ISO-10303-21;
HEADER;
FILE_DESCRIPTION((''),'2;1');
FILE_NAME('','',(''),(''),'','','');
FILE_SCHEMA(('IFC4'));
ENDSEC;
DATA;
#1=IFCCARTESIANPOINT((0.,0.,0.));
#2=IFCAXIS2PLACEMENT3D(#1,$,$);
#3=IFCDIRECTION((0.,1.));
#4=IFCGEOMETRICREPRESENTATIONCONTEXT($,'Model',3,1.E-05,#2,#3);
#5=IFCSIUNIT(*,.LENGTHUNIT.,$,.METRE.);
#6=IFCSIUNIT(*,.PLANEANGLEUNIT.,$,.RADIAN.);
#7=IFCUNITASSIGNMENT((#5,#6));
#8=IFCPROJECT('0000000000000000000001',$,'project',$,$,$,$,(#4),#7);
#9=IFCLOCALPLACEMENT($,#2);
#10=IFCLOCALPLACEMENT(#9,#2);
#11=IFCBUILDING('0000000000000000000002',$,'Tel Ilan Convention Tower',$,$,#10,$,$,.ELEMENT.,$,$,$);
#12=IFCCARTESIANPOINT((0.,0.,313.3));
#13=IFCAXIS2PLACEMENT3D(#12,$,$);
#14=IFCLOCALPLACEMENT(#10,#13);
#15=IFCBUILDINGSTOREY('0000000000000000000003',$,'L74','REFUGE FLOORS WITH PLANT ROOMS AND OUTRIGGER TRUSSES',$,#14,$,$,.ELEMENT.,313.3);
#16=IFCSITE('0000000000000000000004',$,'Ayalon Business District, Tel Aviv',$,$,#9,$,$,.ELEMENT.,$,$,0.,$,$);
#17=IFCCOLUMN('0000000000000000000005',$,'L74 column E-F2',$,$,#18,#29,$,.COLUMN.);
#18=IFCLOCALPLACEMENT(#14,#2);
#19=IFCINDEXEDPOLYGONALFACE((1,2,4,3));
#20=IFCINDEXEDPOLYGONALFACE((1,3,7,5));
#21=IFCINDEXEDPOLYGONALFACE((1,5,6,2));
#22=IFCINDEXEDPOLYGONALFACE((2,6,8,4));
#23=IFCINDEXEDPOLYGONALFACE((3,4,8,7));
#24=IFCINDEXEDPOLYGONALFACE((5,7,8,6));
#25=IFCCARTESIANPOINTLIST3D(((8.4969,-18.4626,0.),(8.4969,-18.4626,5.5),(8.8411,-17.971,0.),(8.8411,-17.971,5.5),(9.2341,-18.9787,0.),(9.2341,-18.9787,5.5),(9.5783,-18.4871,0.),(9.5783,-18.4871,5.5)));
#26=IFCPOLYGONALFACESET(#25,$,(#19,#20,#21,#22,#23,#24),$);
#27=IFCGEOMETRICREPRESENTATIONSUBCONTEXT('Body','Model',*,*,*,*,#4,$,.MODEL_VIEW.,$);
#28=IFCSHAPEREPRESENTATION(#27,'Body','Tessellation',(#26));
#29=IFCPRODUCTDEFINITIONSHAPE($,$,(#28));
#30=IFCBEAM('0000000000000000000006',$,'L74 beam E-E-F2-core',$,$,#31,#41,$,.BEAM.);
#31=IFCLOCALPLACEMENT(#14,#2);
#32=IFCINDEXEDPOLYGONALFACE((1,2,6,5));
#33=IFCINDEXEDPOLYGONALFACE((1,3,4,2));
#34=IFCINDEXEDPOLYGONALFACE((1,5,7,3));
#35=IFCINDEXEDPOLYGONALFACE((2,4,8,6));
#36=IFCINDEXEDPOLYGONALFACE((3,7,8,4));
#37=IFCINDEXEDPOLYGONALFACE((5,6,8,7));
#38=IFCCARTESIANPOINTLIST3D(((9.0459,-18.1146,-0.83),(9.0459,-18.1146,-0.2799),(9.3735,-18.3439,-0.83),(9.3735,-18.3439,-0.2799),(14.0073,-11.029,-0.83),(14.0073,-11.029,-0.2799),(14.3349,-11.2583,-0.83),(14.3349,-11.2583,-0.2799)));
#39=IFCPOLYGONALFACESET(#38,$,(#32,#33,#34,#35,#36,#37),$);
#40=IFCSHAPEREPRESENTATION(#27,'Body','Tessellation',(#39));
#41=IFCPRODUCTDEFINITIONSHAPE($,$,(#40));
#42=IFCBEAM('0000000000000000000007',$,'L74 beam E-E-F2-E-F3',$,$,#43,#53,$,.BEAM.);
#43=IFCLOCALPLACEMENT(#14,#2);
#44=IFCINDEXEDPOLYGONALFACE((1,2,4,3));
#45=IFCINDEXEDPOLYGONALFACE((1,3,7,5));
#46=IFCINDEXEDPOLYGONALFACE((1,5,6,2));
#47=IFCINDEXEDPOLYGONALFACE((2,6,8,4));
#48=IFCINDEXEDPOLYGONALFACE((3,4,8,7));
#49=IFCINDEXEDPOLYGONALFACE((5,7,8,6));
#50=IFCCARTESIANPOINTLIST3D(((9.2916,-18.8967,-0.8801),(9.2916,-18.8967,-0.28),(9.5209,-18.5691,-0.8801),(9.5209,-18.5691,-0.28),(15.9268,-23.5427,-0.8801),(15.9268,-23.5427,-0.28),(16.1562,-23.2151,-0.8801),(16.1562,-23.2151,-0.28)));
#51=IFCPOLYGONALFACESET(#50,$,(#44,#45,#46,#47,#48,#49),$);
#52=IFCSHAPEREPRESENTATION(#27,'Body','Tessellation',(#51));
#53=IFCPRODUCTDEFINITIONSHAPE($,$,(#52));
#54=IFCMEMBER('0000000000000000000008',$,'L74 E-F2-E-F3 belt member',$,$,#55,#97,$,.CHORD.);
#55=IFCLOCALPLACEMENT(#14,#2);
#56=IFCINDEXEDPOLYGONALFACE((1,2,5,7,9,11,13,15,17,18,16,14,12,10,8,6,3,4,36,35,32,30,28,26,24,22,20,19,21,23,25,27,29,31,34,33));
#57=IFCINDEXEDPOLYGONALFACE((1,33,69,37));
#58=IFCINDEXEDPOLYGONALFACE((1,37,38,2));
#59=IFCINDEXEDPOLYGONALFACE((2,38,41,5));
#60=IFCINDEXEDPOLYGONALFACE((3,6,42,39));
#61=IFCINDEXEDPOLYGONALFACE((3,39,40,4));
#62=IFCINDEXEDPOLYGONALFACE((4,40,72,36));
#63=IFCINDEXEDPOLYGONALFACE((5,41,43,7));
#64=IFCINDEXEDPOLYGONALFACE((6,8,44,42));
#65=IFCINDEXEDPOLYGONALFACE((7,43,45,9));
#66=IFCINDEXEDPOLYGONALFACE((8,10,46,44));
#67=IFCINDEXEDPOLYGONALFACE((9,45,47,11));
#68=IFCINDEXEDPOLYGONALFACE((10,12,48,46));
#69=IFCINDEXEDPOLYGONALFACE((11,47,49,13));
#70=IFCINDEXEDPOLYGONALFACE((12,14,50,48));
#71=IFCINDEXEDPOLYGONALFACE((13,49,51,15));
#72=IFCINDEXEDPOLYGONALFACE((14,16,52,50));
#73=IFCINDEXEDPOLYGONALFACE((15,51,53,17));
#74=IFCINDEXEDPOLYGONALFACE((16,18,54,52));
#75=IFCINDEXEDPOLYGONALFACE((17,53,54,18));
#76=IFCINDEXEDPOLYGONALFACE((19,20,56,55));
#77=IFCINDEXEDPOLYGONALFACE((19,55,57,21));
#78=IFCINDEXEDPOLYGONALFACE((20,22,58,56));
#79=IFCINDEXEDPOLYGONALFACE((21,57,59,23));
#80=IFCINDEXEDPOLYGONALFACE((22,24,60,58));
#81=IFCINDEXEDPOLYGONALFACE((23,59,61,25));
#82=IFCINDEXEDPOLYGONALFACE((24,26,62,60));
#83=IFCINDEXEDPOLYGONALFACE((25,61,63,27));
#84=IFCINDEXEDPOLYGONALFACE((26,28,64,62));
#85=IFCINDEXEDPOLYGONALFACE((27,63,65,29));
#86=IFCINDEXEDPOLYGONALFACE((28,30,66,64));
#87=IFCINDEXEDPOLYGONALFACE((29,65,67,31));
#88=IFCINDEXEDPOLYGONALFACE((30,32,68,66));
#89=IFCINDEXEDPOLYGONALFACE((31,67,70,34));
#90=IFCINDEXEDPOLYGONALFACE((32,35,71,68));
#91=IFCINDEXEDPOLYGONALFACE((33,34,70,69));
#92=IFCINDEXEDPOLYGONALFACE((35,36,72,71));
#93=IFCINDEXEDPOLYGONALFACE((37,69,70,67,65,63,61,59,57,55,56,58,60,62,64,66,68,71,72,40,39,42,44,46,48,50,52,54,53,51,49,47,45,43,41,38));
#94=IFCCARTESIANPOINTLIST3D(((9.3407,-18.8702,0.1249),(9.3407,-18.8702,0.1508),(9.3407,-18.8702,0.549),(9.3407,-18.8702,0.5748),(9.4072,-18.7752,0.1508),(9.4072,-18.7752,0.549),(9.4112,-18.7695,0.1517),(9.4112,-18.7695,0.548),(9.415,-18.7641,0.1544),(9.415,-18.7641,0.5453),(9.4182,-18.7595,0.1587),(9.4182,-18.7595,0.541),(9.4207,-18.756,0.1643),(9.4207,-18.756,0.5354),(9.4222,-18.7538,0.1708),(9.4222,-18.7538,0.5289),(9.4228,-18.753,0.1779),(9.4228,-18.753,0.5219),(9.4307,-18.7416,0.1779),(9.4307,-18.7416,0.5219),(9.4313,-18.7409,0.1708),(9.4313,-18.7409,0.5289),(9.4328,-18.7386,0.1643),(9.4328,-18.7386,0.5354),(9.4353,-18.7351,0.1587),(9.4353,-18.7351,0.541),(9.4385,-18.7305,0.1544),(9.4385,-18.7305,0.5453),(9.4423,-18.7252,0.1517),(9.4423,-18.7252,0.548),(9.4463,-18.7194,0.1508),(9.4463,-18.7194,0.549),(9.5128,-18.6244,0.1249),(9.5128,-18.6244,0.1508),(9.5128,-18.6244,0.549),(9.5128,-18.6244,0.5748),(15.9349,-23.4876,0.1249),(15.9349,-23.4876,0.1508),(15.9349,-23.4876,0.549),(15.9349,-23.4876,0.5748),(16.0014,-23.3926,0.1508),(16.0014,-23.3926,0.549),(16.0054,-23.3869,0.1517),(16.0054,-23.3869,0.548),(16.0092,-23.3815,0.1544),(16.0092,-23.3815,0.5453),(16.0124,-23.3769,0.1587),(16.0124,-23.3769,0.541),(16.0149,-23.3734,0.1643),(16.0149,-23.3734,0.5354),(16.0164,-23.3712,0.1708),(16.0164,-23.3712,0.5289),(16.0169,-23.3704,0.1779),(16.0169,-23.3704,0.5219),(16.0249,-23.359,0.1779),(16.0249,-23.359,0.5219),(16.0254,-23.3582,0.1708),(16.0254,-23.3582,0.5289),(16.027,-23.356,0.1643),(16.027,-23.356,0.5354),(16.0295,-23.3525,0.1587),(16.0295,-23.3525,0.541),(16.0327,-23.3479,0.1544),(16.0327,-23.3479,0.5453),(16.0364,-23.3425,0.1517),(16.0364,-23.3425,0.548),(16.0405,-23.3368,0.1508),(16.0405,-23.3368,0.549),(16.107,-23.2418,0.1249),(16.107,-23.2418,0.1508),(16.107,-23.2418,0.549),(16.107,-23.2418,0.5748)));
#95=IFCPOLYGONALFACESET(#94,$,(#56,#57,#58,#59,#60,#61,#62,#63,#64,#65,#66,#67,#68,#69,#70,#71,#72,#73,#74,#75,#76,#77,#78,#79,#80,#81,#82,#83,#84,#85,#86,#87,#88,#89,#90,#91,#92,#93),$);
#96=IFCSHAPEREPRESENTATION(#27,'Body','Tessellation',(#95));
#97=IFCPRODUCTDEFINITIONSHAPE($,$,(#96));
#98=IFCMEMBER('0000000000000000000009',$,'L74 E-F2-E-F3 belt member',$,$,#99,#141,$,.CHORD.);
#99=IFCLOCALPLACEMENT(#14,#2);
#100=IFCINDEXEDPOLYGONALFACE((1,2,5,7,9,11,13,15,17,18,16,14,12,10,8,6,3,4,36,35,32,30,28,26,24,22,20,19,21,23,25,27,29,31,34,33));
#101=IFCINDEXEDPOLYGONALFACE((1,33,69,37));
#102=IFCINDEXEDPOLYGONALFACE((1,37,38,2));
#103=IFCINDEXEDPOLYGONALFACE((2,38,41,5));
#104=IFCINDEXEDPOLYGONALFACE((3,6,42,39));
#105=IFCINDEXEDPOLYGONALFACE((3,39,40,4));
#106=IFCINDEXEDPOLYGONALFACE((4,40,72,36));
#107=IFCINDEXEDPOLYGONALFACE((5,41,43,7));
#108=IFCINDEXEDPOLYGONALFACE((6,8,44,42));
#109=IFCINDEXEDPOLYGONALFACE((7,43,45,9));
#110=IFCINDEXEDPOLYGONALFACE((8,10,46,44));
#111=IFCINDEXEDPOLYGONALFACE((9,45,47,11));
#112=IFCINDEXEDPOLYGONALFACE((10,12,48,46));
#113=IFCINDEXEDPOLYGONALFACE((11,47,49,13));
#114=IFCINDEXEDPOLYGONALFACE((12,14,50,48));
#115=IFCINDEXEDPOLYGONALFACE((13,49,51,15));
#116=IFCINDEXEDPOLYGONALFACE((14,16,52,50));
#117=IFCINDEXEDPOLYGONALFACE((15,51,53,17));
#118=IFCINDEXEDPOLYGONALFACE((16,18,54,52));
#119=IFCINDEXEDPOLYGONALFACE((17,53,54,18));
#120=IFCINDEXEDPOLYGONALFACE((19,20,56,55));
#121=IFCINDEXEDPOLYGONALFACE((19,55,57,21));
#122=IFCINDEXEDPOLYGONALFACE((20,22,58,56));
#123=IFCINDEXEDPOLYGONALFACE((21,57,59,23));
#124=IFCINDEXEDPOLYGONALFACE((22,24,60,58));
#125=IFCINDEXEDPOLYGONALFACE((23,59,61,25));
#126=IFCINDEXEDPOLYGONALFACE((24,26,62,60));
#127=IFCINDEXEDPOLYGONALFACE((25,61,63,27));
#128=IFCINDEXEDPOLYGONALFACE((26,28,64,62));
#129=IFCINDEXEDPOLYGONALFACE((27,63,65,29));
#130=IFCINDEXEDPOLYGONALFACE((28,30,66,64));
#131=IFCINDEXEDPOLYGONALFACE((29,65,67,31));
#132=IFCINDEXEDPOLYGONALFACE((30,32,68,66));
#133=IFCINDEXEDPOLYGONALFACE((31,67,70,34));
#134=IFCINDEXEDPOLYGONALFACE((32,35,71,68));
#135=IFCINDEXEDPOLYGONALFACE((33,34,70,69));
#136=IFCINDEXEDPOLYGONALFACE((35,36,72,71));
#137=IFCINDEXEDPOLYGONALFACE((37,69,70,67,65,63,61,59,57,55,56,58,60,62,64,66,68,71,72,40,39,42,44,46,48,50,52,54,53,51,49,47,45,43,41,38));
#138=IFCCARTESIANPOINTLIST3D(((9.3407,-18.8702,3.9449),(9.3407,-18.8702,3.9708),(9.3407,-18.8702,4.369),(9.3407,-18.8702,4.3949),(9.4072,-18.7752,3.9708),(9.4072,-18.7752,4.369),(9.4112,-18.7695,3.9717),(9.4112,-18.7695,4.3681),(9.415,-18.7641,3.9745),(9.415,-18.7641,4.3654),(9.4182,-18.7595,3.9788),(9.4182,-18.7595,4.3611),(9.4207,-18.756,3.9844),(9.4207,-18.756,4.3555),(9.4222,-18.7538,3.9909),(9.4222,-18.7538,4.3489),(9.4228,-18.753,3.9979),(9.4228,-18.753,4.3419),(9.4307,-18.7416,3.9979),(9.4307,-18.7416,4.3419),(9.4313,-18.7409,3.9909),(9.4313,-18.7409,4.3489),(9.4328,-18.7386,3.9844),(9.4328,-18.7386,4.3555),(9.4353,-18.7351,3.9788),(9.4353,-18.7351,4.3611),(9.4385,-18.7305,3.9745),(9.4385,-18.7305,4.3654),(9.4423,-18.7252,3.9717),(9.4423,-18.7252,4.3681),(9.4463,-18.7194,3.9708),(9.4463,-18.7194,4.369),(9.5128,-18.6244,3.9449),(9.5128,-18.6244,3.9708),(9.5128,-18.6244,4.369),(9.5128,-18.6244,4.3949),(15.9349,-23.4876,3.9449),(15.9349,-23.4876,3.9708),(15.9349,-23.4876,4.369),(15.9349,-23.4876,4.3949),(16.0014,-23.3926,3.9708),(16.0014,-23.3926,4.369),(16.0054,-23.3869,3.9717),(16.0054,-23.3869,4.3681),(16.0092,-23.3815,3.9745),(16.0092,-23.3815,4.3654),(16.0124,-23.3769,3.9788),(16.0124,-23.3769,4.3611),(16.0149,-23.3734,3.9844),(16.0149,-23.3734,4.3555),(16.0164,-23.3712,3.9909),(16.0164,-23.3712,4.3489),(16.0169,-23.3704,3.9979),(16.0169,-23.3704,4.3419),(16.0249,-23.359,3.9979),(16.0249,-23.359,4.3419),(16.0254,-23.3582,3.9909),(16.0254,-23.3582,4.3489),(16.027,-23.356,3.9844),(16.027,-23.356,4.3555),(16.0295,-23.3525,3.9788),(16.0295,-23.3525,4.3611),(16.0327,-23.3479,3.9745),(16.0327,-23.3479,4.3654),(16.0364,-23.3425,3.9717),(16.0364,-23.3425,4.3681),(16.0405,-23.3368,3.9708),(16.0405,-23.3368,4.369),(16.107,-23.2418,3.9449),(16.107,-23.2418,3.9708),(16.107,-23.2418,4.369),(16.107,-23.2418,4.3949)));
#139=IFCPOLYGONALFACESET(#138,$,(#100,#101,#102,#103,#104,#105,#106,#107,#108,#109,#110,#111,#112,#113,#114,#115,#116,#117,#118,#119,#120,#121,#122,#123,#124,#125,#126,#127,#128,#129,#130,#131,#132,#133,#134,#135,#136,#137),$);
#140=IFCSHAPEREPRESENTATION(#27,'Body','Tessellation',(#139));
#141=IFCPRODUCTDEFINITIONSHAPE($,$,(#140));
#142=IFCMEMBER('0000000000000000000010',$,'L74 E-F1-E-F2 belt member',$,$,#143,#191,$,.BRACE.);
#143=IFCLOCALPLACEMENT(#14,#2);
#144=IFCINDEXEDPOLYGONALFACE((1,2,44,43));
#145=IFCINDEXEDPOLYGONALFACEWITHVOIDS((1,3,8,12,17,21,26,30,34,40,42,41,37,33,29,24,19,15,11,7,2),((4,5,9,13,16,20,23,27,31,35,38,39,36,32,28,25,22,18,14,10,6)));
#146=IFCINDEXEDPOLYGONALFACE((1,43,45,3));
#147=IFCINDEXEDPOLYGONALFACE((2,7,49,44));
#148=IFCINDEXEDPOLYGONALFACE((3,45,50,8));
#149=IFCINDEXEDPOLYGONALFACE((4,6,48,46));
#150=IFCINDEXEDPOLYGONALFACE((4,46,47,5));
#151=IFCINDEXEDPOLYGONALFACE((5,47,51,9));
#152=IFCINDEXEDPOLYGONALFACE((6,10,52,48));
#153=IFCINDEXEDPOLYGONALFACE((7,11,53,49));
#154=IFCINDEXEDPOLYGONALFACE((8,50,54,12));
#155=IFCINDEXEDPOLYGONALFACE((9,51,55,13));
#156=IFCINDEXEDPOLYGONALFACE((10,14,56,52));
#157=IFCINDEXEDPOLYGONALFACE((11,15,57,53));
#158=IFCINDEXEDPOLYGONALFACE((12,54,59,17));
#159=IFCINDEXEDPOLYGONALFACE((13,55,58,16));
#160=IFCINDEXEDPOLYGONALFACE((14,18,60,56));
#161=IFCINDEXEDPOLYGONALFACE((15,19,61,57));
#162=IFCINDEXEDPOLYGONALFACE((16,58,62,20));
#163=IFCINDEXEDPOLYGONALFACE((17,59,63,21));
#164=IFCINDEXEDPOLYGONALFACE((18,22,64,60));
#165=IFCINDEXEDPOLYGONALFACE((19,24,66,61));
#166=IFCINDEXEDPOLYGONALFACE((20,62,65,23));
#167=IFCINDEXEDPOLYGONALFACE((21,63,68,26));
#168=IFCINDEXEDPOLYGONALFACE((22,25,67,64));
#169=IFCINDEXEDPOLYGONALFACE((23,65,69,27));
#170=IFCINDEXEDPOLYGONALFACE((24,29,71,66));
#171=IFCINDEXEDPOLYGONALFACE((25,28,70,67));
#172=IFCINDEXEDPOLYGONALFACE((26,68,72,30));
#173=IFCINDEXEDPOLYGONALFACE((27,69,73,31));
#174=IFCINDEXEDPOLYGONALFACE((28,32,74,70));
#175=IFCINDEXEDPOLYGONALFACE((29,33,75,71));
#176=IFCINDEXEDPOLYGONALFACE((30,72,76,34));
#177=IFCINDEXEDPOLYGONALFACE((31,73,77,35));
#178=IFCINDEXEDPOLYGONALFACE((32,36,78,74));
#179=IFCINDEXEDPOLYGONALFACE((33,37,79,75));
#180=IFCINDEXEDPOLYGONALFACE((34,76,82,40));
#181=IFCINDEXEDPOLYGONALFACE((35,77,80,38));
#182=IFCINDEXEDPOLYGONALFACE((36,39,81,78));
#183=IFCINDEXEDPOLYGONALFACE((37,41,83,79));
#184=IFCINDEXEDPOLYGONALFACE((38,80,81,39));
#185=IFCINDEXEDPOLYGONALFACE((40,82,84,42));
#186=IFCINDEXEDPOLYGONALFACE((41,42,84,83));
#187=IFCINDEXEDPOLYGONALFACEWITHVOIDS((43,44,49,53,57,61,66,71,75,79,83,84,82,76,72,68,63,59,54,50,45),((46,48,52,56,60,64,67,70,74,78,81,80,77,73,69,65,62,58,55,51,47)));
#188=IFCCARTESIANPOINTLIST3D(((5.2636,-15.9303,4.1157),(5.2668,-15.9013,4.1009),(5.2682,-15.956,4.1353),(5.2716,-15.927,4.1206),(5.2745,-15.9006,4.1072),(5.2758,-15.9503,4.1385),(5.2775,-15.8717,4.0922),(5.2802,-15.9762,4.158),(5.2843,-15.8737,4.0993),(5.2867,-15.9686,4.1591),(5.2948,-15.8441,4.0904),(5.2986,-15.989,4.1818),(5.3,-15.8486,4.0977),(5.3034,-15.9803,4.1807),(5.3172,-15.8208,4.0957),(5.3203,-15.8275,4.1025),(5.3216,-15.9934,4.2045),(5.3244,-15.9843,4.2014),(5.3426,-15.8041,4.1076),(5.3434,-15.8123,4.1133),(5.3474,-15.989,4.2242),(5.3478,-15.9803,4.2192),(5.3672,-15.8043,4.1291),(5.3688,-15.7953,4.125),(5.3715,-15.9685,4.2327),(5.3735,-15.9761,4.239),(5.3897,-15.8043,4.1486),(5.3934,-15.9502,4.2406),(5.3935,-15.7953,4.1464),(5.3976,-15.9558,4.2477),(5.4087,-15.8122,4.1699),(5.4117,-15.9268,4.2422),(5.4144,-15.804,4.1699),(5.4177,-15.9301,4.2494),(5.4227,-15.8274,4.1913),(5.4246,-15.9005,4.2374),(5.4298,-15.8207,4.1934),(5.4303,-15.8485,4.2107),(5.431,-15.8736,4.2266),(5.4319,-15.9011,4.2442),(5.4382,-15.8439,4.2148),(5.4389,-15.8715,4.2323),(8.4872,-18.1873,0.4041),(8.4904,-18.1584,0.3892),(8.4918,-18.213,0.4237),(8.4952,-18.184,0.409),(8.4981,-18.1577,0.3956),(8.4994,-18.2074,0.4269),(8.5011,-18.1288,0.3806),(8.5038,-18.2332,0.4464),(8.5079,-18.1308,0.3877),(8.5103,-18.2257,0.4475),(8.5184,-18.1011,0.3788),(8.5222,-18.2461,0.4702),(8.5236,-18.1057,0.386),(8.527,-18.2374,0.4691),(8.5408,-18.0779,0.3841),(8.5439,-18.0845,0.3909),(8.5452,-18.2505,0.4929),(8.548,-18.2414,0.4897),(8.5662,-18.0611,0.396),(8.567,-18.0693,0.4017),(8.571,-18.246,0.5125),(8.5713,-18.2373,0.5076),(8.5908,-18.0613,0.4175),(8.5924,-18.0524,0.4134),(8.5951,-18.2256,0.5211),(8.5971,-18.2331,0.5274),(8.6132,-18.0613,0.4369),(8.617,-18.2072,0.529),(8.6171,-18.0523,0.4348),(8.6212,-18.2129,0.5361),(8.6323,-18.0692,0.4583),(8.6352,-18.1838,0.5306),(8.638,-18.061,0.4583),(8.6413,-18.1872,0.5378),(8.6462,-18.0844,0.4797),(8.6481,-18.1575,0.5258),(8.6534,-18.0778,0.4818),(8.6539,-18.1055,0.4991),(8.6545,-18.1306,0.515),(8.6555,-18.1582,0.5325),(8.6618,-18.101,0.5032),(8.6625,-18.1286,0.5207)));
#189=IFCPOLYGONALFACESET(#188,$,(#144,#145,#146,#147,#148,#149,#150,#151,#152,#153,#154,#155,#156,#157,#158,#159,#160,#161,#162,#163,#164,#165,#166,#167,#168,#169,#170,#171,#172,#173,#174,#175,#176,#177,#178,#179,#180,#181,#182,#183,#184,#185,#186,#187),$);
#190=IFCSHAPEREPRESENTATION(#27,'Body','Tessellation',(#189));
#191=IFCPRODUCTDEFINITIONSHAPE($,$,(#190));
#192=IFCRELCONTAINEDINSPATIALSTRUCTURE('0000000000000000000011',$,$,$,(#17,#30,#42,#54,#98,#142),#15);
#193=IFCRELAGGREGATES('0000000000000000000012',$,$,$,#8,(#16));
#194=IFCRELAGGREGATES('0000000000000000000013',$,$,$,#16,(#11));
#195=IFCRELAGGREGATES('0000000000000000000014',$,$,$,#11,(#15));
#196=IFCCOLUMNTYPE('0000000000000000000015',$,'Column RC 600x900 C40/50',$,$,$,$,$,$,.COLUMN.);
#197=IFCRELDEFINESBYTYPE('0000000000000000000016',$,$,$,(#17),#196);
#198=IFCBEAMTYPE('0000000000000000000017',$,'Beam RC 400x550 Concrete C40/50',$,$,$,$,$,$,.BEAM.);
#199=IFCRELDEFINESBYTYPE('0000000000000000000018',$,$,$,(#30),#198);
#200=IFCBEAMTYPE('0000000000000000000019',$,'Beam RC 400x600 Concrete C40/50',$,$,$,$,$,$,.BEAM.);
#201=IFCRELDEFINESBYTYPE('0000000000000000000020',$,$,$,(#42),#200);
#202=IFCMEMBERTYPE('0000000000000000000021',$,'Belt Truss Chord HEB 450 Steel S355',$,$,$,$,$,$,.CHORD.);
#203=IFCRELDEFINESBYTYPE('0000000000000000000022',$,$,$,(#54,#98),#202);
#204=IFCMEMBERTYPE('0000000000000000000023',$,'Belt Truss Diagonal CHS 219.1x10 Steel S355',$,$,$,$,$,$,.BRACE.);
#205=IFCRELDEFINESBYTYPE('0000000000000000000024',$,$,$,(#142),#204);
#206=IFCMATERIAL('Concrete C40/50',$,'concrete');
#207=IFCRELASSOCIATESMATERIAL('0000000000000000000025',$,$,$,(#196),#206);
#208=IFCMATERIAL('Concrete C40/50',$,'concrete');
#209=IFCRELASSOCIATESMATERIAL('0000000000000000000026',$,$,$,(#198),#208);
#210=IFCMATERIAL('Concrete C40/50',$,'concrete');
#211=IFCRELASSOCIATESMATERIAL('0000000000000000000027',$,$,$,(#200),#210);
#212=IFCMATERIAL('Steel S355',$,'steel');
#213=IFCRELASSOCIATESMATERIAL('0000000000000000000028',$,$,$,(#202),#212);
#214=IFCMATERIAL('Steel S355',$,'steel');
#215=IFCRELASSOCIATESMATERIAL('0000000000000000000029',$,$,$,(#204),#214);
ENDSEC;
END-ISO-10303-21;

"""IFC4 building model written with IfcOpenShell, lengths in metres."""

from ifc_helpers import new_model, si_unit, direction, frame, origin, origin_2d, place, context, subcontext, project, spatial, rectangle, hollow_circle, i_section, extrude, material, material_profile, profile_set, type_object, element, save


model = new_model("IFC4")

# Units and contexts
model_context = context("Model", 3, precision=1e-05, world=origin(), true_north=direction((0.0, 1.0)))
body_context = subcontext(model_context, "Body", "Model", "MODEL_VIEW")
ifc_project = project(units=[si_unit("LENGTHUNIT", "METRE"), si_unit("PLANEANGLEUNIT", "RADIAN")], contexts=[model_context])

# Site, building, storey
site_placement = place(None, origin())
site = spatial("IfcSite", under=ifc_project, at=site_placement, Name="Ayalon Business District, Tel Aviv", CompositionType="ELEMENT", RefElevation=0.0)
building_placement = place(site_placement, origin())
building = spatial("IfcBuilding", under=site, at=building_placement, Name="Tel Ilan Convention Tower", CompositionType="ELEMENT")
storey_placement = place(building_placement, frame((0.0, 0.0, 313.3)))
storey = spatial("IfcBuildingStorey", under=building, at=storey_placement, Name="L74", Description="REFUGE FLOORS WITH PLANT ROOMS AND OUTRIGGER TRUSSES", CompositionType="ELEMENT", Elevation=313.3)

# Column
ifc_material_1 = material(Name="Concrete C40/50", Category="concrete")
ifc_material_profile_1 = material_profile(ifc_material_1, rectangle(XDim=0.8999, YDim=0.6001, at=origin_2d()), Name="RC 600x900")
ifc_profile_set_1 = profile_set([ifc_material_profile_1], Name="Concrete C40/50")
column_type = type_object("IfcColumnType", Name="Column RC 600x900 C40/50", PredefinedType="COLUMN", material=ifc_profile_set_1)
column_placement = place(storey_placement, frame((9.0376, -18.4749, 0.0), z_axis=(0.0, 0.0, 1.0), x_axis=(0.819152, -0.573576, 0.0)))
element("IfcColumn", 1, at=column_placement, inside=storey, type_object=column_type, Name="L74 column E-F2", PredefinedType="COLUMN", context=body_context, shape_type="SweptSolid", body=[
    extrude(rectangle(XDim=0.8999, YDim=0.6001, at=origin_2d()), origin(), (0.0, 0.0, 1.0), 5.5),
])

# Beams
ifc_material_2 = material(Name="Concrete C40/50", Category="concrete")
ifc_material_profile_2 = material_profile(ifc_material_2, rectangle(XDim=0.3999, YDim=0.55, at=origin_2d()), Name="RC 400x550")
ifc_profile_set_2 = profile_set([ifc_material_profile_2], Name="Concrete C40/50")
beam_type_1 = type_object("IfcBeamType", Name="Beam RC 400x550 Concrete C40/50", PredefinedType="BEAM", material=ifc_profile_set_2)
beam_1_placement = place(storey_placement, frame((9.2097, -18.2292, -0.5549), z_axis=(0.573574, 0.819154, 0.0), x_axis=(-0.819154, 0.573574, 0.0)))
element("IfcBeam", 2, at=beam_1_placement, inside=storey, type_object=beam_type_1, Name="L74 beam E-E-F2-core", PredefinedType="BEAM", context=body_context, shape_type="SweptSolid", body=[
    extrude(rectangle(XDim=0.3999, YDim=0.55, at=origin_2d()), origin(), (0.0, 0.0, 1.0), 8.6499),
])
ifc_material_3 = material(Name="Concrete C40/50", Category="concrete")
ifc_material_profile_3 = material_profile(ifc_material_3, rectangle(XDim=0.3999, YDim=0.6001, at=origin_2d()), Name="RC 400x600")
ifc_profile_set_3 = profile_set([ifc_material_profile_3], Name="Concrete C40/50")
beam_type_2 = type_object("IfcBeamType", Name="Beam RC 400x600 Concrete C40/50", PredefinedType="BEAM", material=ifc_profile_set_3)
beam_2_placement = place(storey_placement, frame((9.4062, -18.7329, -0.5801), z_axis=(0.819155, -0.573572, 0.0), x_axis=(0.573572, 0.819155, 0.0)))
element("IfcBeam", 3, at=beam_2_placement, inside=storey, type_object=beam_type_2, Name="L74 beam E-E-F2-E-F3", PredefinedType="BEAM", context=body_context, shape_type="SweptSolid", body=[
    extrude(rectangle(XDim=0.3999, YDim=0.6001, at=origin_2d()), origin(), (0.0, 0.0, 1.0), 8.1001),
])

# Members
ifc_material_4 = material(Name="Steel S355", Category="steel")
ifc_material_profile_4 = material_profile(ifc_material_4, i_section(OverallWidth=0.3, OverallDepth=0.45, WebThickness=0.0139, FlangeThickness=0.0259, FilletRadius=0.0271, at=origin_2d()), Name="HEB 450")
ifc_profile_set_4 = profile_set([ifc_material_profile_4], Name="Steel S355")
member_type_1 = type_object("IfcMemberType", Name="Belt Truss Chord HEB 450 Steel S355", PredefinedType="CHORD", material=ifc_profile_set_4)
for number, where, z_axis, x_axis, name in (
    (4, (9.4268, -18.7473, 0.3499), (0.819146, -0.573584, 0.0), (0.573584, 0.819146, 0.0), "L74 E-F2-E-F3 belt member"),
    (5, (9.4268, -18.7473, 4.1699), (0.819146, -0.573584, 0.0), (0.573584, 0.819146, 0.0), "L74 E-F2-E-F3 belt member"),
):
    element("IfcMember", number, at=place(storey_placement, frame(where, z_axis=z_axis, x_axis=x_axis)), inside=storey, type_object=member_type_1, Name=name, PredefinedType="CHORD", context=body_context, shape_type="SweptSolid", body=[
        extrude(i_section(OverallWidth=0.3, OverallDepth=0.45, WebThickness=0.0139, FlangeThickness=0.0259, FilletRadius=0.0271, at=origin_2d()), origin(), (0.0, 0.0, 1.0), 8.05),
    ])
ifc_material_5 = material(Name="Steel S355", Category="steel")
ifc_material_profile_5 = material_profile(ifc_material_5, hollow_circle(Radius=0.1096, WallThickness=0.01, at=origin_2d()), Name="CHS 219.1x10")
ifc_profile_set_5 = profile_set([ifc_material_profile_5], Name="Steel S355")
member_type_2 = type_object("IfcMemberType", Name="Belt Truss Diagonal CHS 219.1x10 Steel S355", PredefinedType="BRACE", material=ifc_profile_set_5)
for number, where, z_axis, x_axis, name in (
    (6, (5.3516, -15.8938, 4.1699), (0.59592, -0.417244, -0.686139), (0.573554, 0.819168, 0.0), "L74 E-F1-E-F2 belt member"),
):
    element("IfcMember", number, at=place(storey_placement, frame(where, z_axis=z_axis, x_axis=x_axis)), inside=storey, type_object=member_type_2, Name=name, PredefinedType="BRACE", context=body_context, shape_type="SweptSolid", body=[
        extrude(hollow_circle(Radius=0.1096, WallThickness=0.01, at=origin_2d()), origin(), (0.0, 0.0, 1.0), 5.4094),
    ])

save(model, "model.ifc")
